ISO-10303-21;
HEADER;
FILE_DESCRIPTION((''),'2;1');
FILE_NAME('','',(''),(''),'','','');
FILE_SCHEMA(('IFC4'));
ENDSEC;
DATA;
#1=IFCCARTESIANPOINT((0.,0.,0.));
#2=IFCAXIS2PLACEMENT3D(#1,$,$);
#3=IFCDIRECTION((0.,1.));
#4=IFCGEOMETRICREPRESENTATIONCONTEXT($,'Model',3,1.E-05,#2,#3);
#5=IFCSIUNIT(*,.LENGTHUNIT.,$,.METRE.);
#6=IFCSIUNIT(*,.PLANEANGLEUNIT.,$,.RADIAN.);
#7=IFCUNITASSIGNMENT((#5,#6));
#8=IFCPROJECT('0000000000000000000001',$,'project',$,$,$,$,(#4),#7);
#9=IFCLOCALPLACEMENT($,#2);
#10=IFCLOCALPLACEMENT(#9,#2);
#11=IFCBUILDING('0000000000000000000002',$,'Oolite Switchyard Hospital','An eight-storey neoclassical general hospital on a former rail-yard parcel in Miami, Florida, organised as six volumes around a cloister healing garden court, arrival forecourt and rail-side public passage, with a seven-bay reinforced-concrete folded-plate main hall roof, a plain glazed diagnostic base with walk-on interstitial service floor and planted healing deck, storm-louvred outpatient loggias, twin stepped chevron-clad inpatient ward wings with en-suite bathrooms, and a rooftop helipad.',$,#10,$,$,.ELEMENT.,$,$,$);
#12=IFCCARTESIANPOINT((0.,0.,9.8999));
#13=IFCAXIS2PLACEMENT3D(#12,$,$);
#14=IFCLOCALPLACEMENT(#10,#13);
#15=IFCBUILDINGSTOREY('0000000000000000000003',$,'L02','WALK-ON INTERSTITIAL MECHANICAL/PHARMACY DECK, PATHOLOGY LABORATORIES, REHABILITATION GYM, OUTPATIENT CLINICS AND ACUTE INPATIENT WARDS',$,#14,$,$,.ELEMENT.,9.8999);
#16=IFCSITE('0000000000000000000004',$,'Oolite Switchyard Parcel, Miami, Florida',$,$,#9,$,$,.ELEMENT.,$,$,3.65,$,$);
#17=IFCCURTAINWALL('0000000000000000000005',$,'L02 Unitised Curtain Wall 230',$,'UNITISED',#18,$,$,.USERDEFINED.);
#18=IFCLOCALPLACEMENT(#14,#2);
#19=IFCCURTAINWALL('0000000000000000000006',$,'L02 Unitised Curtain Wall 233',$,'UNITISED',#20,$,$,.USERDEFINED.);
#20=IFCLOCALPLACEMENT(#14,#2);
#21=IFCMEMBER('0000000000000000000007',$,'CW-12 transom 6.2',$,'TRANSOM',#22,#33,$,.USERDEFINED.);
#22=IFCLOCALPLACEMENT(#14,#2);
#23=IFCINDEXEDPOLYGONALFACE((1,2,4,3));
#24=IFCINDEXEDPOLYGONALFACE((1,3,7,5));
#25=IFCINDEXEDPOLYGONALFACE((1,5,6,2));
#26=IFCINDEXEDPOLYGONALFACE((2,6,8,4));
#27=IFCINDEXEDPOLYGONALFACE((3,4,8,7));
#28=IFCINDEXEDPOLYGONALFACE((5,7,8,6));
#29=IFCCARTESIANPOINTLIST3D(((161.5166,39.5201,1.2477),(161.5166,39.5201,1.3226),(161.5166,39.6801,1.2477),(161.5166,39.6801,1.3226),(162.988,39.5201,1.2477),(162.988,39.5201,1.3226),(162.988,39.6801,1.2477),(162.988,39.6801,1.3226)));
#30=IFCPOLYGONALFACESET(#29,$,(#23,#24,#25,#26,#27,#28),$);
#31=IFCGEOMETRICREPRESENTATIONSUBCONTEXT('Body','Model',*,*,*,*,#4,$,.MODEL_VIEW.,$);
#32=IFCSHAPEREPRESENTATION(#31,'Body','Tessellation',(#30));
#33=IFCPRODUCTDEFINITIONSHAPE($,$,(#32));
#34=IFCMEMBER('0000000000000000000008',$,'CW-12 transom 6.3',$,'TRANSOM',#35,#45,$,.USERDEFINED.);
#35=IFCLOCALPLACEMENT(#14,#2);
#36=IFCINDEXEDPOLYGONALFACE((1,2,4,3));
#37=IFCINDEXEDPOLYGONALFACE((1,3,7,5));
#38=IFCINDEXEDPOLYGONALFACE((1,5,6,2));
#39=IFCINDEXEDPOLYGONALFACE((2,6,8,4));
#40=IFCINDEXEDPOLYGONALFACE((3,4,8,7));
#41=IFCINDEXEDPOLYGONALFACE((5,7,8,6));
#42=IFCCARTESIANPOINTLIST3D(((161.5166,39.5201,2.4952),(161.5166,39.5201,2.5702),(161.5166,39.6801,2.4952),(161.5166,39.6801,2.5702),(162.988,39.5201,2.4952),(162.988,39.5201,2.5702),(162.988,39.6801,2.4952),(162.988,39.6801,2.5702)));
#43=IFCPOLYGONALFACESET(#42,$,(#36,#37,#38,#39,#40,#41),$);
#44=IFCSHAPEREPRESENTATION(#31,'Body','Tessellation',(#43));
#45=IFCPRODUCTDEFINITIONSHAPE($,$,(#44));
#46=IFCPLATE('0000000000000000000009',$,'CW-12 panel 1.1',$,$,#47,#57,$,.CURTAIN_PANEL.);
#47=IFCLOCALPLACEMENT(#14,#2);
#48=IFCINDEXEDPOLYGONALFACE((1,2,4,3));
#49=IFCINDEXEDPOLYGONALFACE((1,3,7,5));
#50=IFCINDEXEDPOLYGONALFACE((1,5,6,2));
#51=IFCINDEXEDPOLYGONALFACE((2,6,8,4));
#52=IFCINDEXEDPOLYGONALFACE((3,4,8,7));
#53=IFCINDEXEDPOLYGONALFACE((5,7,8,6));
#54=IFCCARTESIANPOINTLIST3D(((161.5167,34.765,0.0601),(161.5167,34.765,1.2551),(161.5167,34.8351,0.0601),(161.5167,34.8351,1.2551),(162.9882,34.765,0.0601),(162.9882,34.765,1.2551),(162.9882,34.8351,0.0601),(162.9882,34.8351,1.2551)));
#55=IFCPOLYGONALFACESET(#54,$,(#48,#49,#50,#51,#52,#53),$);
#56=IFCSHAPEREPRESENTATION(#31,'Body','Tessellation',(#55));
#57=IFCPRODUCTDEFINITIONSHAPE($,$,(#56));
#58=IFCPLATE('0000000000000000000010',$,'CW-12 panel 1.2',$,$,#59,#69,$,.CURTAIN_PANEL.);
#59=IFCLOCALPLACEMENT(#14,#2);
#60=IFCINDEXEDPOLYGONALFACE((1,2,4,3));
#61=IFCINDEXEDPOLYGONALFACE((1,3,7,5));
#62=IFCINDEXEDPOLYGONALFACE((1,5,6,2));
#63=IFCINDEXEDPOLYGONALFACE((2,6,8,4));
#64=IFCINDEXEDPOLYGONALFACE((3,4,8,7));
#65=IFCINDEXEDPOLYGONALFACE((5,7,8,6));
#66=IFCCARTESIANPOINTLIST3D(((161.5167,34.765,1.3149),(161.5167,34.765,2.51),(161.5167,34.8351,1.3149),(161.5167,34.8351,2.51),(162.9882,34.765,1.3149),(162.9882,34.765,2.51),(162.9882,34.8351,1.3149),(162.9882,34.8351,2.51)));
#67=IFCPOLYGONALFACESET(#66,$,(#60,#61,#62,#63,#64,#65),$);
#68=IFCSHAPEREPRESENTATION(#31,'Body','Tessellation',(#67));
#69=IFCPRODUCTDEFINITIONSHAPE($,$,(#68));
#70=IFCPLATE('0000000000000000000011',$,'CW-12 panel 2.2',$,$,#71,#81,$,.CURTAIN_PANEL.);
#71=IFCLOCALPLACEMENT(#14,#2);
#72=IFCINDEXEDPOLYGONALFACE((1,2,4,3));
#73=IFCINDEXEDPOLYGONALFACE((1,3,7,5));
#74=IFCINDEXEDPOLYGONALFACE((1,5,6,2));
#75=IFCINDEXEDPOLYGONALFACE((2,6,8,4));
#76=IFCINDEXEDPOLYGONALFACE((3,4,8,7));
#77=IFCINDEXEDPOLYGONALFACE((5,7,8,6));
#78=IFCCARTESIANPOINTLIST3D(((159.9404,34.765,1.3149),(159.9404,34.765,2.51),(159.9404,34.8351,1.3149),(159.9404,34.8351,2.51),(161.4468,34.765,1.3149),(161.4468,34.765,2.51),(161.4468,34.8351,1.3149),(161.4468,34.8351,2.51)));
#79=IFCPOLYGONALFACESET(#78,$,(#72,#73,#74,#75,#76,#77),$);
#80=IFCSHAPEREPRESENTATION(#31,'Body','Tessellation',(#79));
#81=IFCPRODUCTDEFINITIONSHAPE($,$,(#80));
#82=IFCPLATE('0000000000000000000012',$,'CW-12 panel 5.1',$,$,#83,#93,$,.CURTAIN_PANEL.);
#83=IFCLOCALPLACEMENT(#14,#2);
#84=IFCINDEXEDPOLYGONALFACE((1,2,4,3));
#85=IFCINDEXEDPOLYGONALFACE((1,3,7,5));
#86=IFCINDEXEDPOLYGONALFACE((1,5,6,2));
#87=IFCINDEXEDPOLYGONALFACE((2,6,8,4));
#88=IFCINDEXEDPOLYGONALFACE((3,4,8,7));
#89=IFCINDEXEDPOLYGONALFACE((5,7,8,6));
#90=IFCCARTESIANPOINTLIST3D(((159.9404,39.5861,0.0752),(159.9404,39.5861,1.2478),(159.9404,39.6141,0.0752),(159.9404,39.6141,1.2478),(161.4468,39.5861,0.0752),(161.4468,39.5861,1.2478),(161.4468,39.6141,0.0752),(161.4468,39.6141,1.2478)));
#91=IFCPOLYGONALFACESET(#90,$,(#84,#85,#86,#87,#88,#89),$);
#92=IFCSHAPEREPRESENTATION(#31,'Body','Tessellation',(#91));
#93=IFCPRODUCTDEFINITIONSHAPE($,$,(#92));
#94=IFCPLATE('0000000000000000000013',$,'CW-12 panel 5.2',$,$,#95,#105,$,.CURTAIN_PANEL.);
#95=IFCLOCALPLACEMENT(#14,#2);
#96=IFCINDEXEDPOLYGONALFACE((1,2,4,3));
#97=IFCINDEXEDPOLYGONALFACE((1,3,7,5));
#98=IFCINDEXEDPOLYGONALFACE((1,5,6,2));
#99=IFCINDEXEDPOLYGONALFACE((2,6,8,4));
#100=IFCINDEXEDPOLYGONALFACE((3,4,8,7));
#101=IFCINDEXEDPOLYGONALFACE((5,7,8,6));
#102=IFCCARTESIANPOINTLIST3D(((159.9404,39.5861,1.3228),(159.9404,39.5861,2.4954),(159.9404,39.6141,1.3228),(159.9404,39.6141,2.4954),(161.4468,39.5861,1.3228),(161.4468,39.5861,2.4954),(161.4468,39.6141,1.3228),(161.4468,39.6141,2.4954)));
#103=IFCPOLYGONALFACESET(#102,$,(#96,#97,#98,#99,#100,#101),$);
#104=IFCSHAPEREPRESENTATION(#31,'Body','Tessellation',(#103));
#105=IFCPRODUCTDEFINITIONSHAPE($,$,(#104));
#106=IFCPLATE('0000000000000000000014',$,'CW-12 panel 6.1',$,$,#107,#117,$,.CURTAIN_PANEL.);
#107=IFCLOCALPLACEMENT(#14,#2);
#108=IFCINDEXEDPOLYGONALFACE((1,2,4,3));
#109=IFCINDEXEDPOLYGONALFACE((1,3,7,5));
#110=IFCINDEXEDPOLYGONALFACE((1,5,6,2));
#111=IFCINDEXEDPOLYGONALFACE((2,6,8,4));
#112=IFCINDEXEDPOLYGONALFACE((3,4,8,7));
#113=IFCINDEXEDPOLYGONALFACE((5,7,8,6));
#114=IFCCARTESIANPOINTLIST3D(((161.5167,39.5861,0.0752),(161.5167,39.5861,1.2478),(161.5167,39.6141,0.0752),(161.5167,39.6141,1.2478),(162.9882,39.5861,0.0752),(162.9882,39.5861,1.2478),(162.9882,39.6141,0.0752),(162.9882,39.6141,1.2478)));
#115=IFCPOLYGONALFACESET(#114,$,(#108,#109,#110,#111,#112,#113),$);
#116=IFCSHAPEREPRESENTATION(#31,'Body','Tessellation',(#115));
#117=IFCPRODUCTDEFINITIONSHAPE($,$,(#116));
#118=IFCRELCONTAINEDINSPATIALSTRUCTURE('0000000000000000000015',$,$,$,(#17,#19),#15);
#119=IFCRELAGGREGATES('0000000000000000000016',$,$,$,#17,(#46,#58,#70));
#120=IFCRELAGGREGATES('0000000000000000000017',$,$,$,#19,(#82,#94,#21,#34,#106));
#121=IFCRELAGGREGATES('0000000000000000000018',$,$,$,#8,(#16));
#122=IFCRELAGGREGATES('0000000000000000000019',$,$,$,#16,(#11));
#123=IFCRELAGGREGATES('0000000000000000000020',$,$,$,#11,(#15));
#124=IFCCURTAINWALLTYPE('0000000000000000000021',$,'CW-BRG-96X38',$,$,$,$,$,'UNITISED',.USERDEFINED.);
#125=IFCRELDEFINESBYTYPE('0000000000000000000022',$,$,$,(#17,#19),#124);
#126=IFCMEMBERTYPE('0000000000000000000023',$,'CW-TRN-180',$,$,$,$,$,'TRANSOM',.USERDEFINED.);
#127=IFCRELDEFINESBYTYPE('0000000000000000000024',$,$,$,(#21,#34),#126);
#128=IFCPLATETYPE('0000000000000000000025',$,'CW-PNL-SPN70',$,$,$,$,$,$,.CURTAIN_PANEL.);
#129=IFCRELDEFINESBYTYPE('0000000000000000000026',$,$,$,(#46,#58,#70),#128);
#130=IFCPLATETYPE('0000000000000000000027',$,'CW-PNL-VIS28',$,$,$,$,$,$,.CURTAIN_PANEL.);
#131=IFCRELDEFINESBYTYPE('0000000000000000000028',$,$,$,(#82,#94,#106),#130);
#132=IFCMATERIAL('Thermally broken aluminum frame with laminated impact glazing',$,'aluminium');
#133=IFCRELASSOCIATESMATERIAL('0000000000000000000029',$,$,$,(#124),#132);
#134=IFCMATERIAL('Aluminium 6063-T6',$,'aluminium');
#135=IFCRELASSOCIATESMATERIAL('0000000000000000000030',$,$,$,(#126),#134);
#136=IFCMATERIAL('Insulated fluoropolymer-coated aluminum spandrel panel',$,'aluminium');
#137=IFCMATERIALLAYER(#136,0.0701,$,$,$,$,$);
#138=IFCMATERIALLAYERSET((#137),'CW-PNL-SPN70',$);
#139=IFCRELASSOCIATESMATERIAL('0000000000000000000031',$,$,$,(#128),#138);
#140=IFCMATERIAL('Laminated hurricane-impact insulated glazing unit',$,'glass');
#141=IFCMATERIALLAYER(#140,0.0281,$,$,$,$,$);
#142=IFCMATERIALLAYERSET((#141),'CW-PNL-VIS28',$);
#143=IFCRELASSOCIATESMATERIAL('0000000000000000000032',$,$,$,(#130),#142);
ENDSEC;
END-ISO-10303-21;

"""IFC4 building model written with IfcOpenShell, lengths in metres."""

from ifc_helpers import new_model, si_unit, direction, frame, origin, origin_2d, place, context, subcontext, project, spatial, rectangle, extrude, material, layer, layer_set, material_profile, profile_set, type_object, element, aggregate, save


model = new_model("IFC4")

# Units and contexts
model_context = context("Model", 3, precision=1e-05, world=origin(), true_north=direction((0.0, 1.0)))
body_context = subcontext(model_context, "Body", "Model", "MODEL_VIEW")
ifc_project = project(units=[si_unit("LENGTHUNIT", "METRE"), si_unit("PLANEANGLEUNIT", "RADIAN")], contexts=[model_context])

# Site, building, storey
site_placement = place(None, origin())
site = spatial("IfcSite", under=ifc_project, at=site_placement, Name="Oolite Switchyard Parcel, Miami, Florida", CompositionType="ELEMENT", RefElevation=3.65)
building_placement = place(site_placement, origin())
building = spatial("IfcBuilding", under=site, at=building_placement, Name="Oolite Switchyard Hospital", Description="An eight-storey neoclassical general hospital on a former rail-yard parcel in Miami, Florida, organised as six volumes around a cloister healing garden court, arrival forecourt and rail-side public passage, with a seven-bay reinforced-concrete folded-plate main hall roof, a plain glazed diagnostic base with walk-on interstitial service floor and planted healing deck, storm-louvred outpatient loggias, twin stepped chevron-clad inpatient ward wings with en-suite bathrooms, and a rooftop helipad.", CompositionType="ELEMENT")
storey_placement = place(building_placement, frame((0.0, 0.0, 9.8999)))
storey = spatial("IfcBuildingStorey", under=building, at=storey_placement, Name="L02", Description="WALK-ON INTERSTITIAL MECHANICAL/PHARMACY DECK, PATHOLOGY LABORATORIES, REHABILITATION GYM, OUTPATIENT CLINICS AND ACUTE INPATIENT WARDS", CompositionType="ELEMENT", Elevation=9.8999)

# Curtain wall
ifc_material_1 = material(Name="Thermally broken aluminum frame with laminated impact glazing", Category="aluminium")
curtain_wall_type = type_object("IfcCurtainWallType", Name="CW-BRG-96X38", ElementType="UNITISED", PredefinedType="USERDEFINED", material=ifc_material_1)
curtain_wall_1_placement = place(storey_placement, origin())
curtain_wall_1 = element("IfcCurtainWall", 1, at=curtain_wall_1_placement, inside=storey, type_object=curtain_wall_type, Name="L02 Unitised Curtain Wall 230", ObjectType="UNITISED", PredefinedType="USERDEFINED")
ifc_material_2 = material(Name="Aluminium 6063-T6", Category="aluminium")

# Curtain wall
curtain_wall_2_placement = place(storey_placement, origin())
curtain_wall_2 = element("IfcCurtainWall", 2, at=curtain_wall_2_placement, inside=storey, type_object=curtain_wall_type, Name="L02 Unitised Curtain Wall 233", ObjectType="UNITISED", PredefinedType="USERDEFINED")

# Members
ifc_material_profile_1 = material_profile(ifc_material_2, rectangle(XDim=0.1599, YDim=0.075, at=origin_2d()), Name="CWT75X160")
ifc_profile_set_1 = profile_set([ifc_material_profile_1], Name="Aluminium 6063-T6")
member_type_1 = type_object("IfcMemberType", Name="CW-TRN-180", ElementType="TRANSOM", PredefinedType="USERDEFINED", material=ifc_profile_set_1)
member_1_placement = place(storey_placement, frame((161.5166, 39.6001, 1.2852), z_axis=(1.0, 0.0, 0.0), x_axis=(0.0, 1.0, 0.0)))
member_1 = element("IfcMember", 3, at=member_1_placement, type_object=member_type_1, Name="CW-12 transom 6.2", ObjectType="TRANSOM", PredefinedType="USERDEFINED", context=body_context, shape_type="SweptSolid", body=[
    extrude(rectangle(XDim=0.1599, YDim=0.075, at=origin_2d()), origin(), (0.0, 0.0, 1.0), 1.4714),
])
member_2_placement = place(storey_placement, frame((161.5166, 39.6001, 2.5327), z_axis=(1.0, 0.0, 0.0), x_axis=(0.0, 1.0, 0.0)))
member_2 = element("IfcMember", 4, at=member_2_placement, type_object=member_type_1, Name="CW-12 transom 6.3", ObjectType="TRANSOM", PredefinedType="USERDEFINED", context=body_context, shape_type="SweptSolid", body=[
    extrude(rectangle(XDim=0.1599, YDim=0.075, at=origin_2d()), origin(), (0.0, 0.0, 1.0), 1.4714),
])

# Plates
ifc_material_3 = material(Name="Insulated fluoropolymer-coated aluminum spandrel panel", Category="aluminium")
ifc_layer_1 = layer(ifc_material_3, 0.0701)
ifc_layer_set_1 = layer_set([ifc_layer_1], Name="CW-PNL-SPN70")
plate_type_1 = type_object("IfcPlateType", Name="CW-PNL-SPN70", PredefinedType="CURTAIN_PANEL", material=ifc_layer_set_1)
plate_1_placement = place(storey_placement, frame((162.2524, 34.8, 0.0601), z_axis=(0.0, 0.0, 1.0), x_axis=(-1.0, 0.0, 0.0)))
plate_1 = element("IfcPlate", 5, at=plate_1_placement, type_object=plate_type_1, Name="CW-12 panel 1.1", PredefinedType="CURTAIN_PANEL", context=body_context, shape_type="SweptSolid", body=[
    extrude(rectangle(XDim=1.4714, YDim=0.0701, at=origin_2d()), origin(), (0.0, 0.0, 1.0), 1.1951),
])
plate_2_placement = place(storey_placement, frame((162.2524, 34.8, 1.3149), z_axis=(0.0, 0.0, 1.0), x_axis=(-1.0, 0.0, 0.0)))
plate_2 = element("IfcPlate", 6, at=plate_2_placement, type_object=plate_type_1, Name="CW-12 panel 1.2", PredefinedType="CURTAIN_PANEL", context=body_context, shape_type="SweptSolid", body=[
    extrude(rectangle(XDim=1.4714, YDim=0.0701, at=origin_2d()), origin(), (0.0, 0.0, 1.0), 1.1951),
])
plate_3_placement = place(storey_placement, frame((160.6936, 34.8, 1.3149), z_axis=(0.0, 0.0, 1.0), x_axis=(-1.0, 0.0, 0.0)))
plate_3 = element("IfcPlate", 7, at=plate_3_placement, type_object=plate_type_1, Name="CW-12 panel 2.2", PredefinedType="CURTAIN_PANEL", context=body_context, shape_type="SweptSolid", body=[
    extrude(rectangle(XDim=1.5063, YDim=0.0701, at=origin_2d()), origin(), (0.0, 0.0, 1.0), 1.1951),
])
aggregate(curtain_wall_1, [plate_1, plate_2, plate_3])
ifc_material_4 = material(Name="Laminated hurricane-impact insulated glazing unit", Category="glass")
ifc_layer_2 = layer(ifc_material_4, 0.0281)
ifc_layer_set_2 = layer_set([ifc_layer_2], Name="CW-PNL-VIS28")
plate_type_2 = type_object("IfcPlateType", Name="CW-PNL-VIS28", PredefinedType="CURTAIN_PANEL", material=ifc_layer_set_2)
plate_4_placement = place(storey_placement, frame((160.6936, 39.6001, 0.0752), z_axis=(0.0, 0.0, 1.0), x_axis=(1.0, 0.0, 0.0)))
plate_4 = element("IfcPlate", 8, at=plate_4_placement, type_object=plate_type_2, Name="CW-12 panel 5.1", PredefinedType="CURTAIN_PANEL", context=body_context, shape_type="SweptSolid", body=[
    extrude(rectangle(XDim=1.5063, YDim=0.0281, at=origin_2d()), origin(), (0.0, 0.0, 1.0), 1.1726),
])
plate_5_placement = place(storey_placement, frame((160.6936, 39.6001, 1.3228), z_axis=(0.0, 0.0, 1.0), x_axis=(1.0, 0.0, 0.0)))
plate_5 = element("IfcPlate", 9, at=plate_5_placement, type_object=plate_type_2, Name="CW-12 panel 5.2", PredefinedType="CURTAIN_PANEL", context=body_context, shape_type="SweptSolid", body=[
    extrude(rectangle(XDim=1.5063, YDim=0.0281, at=origin_2d()), origin(), (0.0, 0.0, 1.0), 1.1726),
])
plate_6_placement = place(storey_placement, frame((162.2524, 39.6001, 0.0752), z_axis=(0.0, 0.0, 1.0), x_axis=(1.0, 0.0, 0.0)))
plate_6 = element("IfcPlate", 10, at=plate_6_placement, type_object=plate_type_2, Name="CW-12 panel 6.1", PredefinedType="CURTAIN_PANEL", context=body_context, shape_type="SweptSolid", body=[
    extrude(rectangle(XDim=1.4714, YDim=0.0281, at=origin_2d()), origin(), (0.0, 0.0, 1.0), 1.1726),
])
aggregate(curtain_wall_2, [plate_4, plate_5, member_1, member_2, plate_6])

save(model, "model.ifc")
